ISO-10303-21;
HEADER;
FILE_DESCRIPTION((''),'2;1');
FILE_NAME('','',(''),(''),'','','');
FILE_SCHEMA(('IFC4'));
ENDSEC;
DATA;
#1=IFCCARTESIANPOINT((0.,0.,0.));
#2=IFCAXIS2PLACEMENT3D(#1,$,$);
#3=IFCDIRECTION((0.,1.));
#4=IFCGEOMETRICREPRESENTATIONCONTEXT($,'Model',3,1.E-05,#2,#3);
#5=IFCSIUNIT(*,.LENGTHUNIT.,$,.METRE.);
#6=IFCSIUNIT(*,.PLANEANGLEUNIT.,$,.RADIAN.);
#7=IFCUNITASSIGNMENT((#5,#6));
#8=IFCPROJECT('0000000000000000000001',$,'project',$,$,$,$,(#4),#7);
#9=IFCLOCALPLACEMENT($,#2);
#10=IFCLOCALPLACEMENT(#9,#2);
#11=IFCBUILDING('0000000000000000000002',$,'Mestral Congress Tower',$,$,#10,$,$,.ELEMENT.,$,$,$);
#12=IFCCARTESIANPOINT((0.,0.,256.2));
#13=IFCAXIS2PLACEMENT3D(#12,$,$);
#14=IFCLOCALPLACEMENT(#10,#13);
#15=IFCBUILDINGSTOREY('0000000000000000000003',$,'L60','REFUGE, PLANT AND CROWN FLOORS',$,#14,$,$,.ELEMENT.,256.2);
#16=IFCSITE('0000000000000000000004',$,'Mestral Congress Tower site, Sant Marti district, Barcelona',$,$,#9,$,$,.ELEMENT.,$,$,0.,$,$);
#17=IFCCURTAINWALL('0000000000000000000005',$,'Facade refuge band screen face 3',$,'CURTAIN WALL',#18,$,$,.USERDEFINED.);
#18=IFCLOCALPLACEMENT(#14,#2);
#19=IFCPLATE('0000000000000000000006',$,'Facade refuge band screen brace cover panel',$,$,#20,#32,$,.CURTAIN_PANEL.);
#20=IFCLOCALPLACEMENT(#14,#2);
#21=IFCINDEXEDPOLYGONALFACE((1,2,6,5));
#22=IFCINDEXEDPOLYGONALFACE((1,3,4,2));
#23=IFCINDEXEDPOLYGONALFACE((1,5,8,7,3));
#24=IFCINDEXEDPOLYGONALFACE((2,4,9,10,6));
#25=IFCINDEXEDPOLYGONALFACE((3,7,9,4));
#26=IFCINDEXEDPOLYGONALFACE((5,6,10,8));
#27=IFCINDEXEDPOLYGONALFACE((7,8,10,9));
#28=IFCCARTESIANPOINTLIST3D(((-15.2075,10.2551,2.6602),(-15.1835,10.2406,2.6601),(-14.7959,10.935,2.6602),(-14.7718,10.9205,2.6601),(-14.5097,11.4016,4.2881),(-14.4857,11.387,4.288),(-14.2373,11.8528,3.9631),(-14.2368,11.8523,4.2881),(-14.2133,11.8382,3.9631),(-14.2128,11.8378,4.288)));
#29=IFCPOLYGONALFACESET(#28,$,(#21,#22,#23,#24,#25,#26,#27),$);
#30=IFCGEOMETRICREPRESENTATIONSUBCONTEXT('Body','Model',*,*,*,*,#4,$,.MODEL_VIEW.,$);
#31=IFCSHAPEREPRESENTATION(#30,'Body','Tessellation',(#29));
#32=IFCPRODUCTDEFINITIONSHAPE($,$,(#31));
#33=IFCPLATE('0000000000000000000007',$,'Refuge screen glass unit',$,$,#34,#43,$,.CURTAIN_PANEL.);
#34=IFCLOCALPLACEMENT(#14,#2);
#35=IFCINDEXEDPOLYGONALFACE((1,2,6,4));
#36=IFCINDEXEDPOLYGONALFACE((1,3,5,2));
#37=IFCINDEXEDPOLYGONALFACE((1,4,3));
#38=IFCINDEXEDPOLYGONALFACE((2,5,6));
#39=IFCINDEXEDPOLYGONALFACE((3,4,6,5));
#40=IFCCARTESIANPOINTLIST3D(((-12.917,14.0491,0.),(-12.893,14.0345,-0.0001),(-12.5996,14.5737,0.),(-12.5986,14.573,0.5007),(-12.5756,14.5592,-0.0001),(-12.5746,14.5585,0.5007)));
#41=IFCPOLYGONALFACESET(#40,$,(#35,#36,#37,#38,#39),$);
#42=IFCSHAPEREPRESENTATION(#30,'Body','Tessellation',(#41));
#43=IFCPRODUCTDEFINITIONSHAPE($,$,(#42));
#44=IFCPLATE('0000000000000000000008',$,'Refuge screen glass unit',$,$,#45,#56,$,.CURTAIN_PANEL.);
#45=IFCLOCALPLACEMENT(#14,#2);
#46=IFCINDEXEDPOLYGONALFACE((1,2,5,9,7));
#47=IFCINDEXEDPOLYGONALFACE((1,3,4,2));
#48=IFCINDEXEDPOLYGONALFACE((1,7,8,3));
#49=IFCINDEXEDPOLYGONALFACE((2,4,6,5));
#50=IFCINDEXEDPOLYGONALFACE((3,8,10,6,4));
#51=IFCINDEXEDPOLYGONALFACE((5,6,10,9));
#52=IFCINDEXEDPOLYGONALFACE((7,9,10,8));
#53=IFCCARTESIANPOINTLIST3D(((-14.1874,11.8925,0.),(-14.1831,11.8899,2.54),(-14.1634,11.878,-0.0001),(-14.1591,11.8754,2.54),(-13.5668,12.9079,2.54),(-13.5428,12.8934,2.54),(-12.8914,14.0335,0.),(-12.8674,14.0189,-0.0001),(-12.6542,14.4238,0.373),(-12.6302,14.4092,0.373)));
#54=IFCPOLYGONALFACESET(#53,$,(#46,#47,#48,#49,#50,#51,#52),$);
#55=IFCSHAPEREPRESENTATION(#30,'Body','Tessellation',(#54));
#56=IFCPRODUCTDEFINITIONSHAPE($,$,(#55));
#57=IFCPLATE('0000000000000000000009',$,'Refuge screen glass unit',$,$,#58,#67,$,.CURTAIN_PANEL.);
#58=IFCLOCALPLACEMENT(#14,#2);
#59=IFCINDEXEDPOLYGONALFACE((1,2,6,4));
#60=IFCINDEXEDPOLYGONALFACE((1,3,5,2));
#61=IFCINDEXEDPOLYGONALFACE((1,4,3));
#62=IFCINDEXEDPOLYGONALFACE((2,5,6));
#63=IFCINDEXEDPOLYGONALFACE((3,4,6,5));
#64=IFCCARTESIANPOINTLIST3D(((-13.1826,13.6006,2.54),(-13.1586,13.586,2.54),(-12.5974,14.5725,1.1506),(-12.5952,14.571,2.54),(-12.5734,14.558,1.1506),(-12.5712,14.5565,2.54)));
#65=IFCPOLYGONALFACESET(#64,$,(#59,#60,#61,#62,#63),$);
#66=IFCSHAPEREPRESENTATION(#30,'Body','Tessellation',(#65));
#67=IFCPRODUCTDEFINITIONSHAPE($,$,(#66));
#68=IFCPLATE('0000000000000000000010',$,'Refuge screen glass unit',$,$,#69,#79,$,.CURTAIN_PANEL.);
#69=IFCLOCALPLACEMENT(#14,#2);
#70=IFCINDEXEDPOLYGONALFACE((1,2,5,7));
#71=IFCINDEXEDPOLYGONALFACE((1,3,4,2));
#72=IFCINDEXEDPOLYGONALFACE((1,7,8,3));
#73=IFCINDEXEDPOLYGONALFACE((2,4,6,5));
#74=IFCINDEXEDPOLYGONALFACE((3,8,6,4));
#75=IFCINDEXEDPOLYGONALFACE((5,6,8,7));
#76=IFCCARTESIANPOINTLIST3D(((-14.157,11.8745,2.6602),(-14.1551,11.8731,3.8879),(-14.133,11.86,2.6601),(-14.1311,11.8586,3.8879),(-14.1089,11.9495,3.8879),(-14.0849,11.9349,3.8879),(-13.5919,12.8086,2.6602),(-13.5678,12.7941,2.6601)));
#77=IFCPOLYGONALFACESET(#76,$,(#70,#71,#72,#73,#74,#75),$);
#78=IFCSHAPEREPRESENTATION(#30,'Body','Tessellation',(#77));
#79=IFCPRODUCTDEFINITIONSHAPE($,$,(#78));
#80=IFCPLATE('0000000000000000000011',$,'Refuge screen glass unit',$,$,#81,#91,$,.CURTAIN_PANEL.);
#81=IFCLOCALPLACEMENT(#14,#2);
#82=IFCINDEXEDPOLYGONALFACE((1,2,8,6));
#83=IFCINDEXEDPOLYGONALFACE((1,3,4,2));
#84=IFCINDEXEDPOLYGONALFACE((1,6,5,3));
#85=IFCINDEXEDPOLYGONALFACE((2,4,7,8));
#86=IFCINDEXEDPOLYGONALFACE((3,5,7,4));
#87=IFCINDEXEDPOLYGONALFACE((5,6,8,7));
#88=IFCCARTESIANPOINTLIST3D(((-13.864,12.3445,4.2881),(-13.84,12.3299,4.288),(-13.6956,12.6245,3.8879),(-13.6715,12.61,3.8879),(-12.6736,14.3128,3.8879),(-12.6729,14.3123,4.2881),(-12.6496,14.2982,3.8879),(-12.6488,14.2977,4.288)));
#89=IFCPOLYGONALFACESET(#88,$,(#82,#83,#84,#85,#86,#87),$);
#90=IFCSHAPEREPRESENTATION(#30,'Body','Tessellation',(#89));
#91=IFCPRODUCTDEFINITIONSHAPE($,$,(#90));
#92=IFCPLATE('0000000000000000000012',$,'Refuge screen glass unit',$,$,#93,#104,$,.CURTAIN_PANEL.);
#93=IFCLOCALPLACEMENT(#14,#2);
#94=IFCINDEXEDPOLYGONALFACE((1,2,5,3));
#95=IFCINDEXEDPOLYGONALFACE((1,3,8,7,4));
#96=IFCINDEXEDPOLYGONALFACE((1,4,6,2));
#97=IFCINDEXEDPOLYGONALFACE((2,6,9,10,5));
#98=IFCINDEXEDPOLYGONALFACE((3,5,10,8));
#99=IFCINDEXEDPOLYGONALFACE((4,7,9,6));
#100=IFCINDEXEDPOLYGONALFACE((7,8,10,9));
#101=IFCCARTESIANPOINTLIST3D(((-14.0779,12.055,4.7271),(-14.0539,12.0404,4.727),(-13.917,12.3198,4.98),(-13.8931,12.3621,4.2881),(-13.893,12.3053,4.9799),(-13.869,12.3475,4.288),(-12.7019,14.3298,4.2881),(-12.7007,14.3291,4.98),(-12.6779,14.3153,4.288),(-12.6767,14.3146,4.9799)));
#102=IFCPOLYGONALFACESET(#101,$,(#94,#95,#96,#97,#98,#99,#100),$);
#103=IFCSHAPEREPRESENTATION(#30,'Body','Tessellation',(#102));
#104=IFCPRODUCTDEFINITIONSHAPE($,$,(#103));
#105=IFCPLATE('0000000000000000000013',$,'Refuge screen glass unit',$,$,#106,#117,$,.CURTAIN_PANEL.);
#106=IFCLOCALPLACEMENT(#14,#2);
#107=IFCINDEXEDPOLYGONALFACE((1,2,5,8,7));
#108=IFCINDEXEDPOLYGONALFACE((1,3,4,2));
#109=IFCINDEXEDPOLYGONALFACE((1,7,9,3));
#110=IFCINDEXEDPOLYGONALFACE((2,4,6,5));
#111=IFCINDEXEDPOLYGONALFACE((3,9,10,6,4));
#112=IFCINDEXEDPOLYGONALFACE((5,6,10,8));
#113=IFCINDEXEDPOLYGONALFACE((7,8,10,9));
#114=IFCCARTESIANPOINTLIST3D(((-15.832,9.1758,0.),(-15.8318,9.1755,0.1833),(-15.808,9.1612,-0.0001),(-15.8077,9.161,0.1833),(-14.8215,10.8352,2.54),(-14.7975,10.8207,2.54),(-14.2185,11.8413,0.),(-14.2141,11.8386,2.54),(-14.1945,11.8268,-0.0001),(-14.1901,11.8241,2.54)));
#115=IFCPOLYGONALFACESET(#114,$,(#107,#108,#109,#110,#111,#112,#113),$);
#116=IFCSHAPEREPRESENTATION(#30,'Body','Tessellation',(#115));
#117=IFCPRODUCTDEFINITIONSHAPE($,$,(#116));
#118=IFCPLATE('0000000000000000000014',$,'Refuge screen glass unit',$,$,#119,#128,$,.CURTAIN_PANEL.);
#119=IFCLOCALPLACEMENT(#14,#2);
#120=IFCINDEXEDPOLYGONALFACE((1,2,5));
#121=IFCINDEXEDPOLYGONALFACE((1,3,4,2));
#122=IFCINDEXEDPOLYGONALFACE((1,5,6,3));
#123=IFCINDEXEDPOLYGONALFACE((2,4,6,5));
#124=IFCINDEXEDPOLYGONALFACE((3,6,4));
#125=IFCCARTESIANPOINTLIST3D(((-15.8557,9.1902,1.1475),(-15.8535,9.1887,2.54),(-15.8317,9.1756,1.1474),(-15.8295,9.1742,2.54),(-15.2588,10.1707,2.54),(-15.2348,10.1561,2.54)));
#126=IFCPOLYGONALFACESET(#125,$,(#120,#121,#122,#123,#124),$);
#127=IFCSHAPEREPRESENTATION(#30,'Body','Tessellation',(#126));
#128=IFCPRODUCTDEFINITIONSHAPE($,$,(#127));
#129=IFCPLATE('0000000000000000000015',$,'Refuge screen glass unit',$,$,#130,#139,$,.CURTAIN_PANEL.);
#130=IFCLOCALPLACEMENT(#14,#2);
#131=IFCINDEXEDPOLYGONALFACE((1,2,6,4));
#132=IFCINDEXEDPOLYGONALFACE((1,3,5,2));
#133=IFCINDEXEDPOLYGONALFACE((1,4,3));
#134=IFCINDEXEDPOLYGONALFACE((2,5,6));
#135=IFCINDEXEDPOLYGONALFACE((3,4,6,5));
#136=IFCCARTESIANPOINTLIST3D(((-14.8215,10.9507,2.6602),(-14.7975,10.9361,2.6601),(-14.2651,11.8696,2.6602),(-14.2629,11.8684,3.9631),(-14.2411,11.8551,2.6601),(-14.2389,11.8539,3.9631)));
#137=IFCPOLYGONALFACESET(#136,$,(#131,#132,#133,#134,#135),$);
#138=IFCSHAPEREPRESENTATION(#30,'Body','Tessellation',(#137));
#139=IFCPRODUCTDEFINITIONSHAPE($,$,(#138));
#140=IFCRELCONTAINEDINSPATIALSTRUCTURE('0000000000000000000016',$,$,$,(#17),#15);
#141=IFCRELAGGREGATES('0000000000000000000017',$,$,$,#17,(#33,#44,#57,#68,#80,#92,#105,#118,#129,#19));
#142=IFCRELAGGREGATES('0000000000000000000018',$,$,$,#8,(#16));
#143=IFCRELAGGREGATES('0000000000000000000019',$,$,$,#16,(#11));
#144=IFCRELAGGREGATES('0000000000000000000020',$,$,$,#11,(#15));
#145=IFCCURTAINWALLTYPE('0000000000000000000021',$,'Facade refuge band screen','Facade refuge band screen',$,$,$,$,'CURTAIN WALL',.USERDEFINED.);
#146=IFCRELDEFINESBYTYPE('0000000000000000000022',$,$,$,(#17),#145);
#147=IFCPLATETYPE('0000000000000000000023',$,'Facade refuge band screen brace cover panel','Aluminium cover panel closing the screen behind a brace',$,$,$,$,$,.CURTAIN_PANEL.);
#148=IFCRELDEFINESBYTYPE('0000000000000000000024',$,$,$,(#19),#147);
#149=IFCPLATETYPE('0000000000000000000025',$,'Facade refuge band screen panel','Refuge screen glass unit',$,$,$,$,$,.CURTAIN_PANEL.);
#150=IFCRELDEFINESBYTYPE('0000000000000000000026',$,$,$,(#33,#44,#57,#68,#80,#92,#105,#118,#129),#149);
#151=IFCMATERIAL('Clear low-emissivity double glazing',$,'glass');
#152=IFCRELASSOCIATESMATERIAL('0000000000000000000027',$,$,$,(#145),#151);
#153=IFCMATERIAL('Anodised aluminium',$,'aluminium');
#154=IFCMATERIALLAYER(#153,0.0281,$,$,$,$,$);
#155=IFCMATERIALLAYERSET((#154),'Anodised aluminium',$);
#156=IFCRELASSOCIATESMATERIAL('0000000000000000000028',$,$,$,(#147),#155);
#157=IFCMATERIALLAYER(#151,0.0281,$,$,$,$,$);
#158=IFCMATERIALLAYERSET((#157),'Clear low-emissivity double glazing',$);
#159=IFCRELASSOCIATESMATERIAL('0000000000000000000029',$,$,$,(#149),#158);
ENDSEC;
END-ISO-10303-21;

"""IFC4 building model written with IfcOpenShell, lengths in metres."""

from ifc_helpers import new_model, si_unit, direction, frame, origin, place, context, subcontext, project, spatial, polyline, outline, extrude, material, layer, layer_set, type_object, element, aggregate, save


model = new_model("IFC4")

# Units and contexts
model_context = context("Model", 3, precision=1e-05, world=origin(), true_north=direction((0.0, 1.0)))
body_context = subcontext(model_context, "Body", "Model", "MODEL_VIEW")
ifc_project = project(units=[si_unit("LENGTHUNIT", "METRE"), si_unit("PLANEANGLEUNIT", "RADIAN")], contexts=[model_context])

# Site, building, storey
site_placement = place(None, origin())
site = spatial("IfcSite", under=ifc_project, at=site_placement, Name="Mestral Congress Tower site, Sant Marti district, Barcelona", CompositionType="ELEMENT", RefElevation=0.0)
building_placement = place(site_placement, origin())
building = spatial("IfcBuilding", under=site, at=building_placement, Name="Mestral Congress Tower", CompositionType="ELEMENT")
storey_placement = place(building_placement, frame((0.0, 0.0, 256.2)))
storey = spatial("IfcBuildingStorey", under=building, at=storey_placement, Name="L60", Description="REFUGE, PLANT AND CROWN FLOORS", CompositionType="ELEMENT", Elevation=256.2)

# Curtain wall
ifc_material_1 = material(Name="Clear low-emissivity double glazing", Category="glass")
curtain_wall_type = type_object("IfcCurtainWallType", Name="Facade refuge band screen", Description="Facade refuge band screen", ElementType="CURTAIN WALL", PredefinedType="USERDEFINED", material=ifc_material_1)
curtain_wall_placement = place(storey_placement, origin())
curtain_wall = element("IfcCurtainWall", 1, at=curtain_wall_placement, inside=storey, type_object=curtain_wall_type, Name="Facade refuge band screen face 3", ObjectType="CURTAIN WALL", PredefinedType="USERDEFINED")
ifc_material_2 = material(Name="Anodised aluminium", Category="aluminium")

# Plates
ifc_layer_1 = layer(ifc_material_2, 0.0281)
ifc_layer_set_1 = layer_set([ifc_layer_1], Name="Anodised aluminium")
plate_type_1 = type_object("IfcPlateType", Name="Facade refuge band screen brace cover panel", Description="Aluminium cover panel closing the screen behind a brace", PredefinedType="CURTAIN_PANEL", material=ifc_layer_set_1)
plate_1_placement = place(storey_placement, frame((-15.2075, 10.2551, 2.6602), z_axis=(-0.855427, 0.51792, 0.001935), x_axis=(0.517921, 0.855429, 0.0)))
plate_1 = element("IfcPlate", 2, at=plate_1_placement, type_object=plate_type_1, Name="Facade refuge band screen brace cover panel", PredefinedType="CURTAIN_PANEL", context=body_context, shape_type="SweptSolid", body=[
    extrude(outline(polyline([(0.0, 0.0), (0.7948, 0.0), (1.8692, -1.303), (1.869, -1.6279), (1.3421, -1.6279), (0.0, 0.0)])), origin(), (0.0, 0.0, -1.0), 0.0281),
])
ifc_layer_2 = layer(ifc_material_1, 0.0281)
ifc_layer_set_2 = layer_set([ifc_layer_2], Name="Clear low-emissivity double glazing")
plate_type_2 = type_object("IfcPlateType", Name="Facade refuge band screen panel", Description="Refuge screen glass unit", PredefinedType="CURTAIN_PANEL", material=ifc_layer_set_2)
plate_2_placement = place(storey_placement, frame((-12.5996, 14.5737, 0.0), z_axis=(-0.855623, 0.517594, 0.002426), x_axis=(0.00195, -0.001463, 0.999997)))
plate_2 = element("IfcPlate", 3, at=plate_2_placement, type_object=plate_type_2, Name="Refuge screen glass unit", PredefinedType="CURTAIN_PANEL", context=body_context, shape_type="SweptSolid", body=[
    extrude(outline(polyline([(0.0, 0.0), (0.5007, 0.0), (0.0001, -0.6132), (0.0, 0.0)])), origin(), (0.0, 0.0, -1.0), 0.0281),
])
plate_3_placement = place(storey_placement, frame((-14.1831, 11.8899, 2.54), z_axis=(-0.855467, 0.517854, 0.001975), x_axis=(-0.001685, 0.00103, -0.999998)))
plate_3 = element("IfcPlate", 4, at=plate_3_placement, type_object=plate_type_2, Name="Refuge screen glass unit", PredefinedType="CURTAIN_PANEL", context=body_context, shape_type="SweptSolid", body=[
    extrude(outline(polyline([(0.0, 0.0), (2.54, 0.0), (2.5401, -2.5027), (2.167, -2.9594), (0.0, -1.19), (0.0, 0.0)])), origin(), (0.0, 0.0, -1.0), 0.0281),
])
plate_4_placement = place(storey_placement, frame((-12.5952, 14.571, 2.54), z_axis=(-0.855491, 0.517814, 0.001899), x_axis=(-0.517815, -0.855493, 0.0)))
plate_4 = element("IfcPlate", 5, at=plate_4_placement, type_object=plate_type_2, Name="Refuge screen glass unit", PredefinedType="CURTAIN_PANEL", context=body_context, shape_type="SweptSolid", body=[
    extrude(outline(polyline([(0.0, 0.0), (1.1344, 0.0), (-0.0001, -1.3894), (0.0, 0.0)])), origin(), (0.0, 0.0, -1.0), 0.0281),
])
plate_5_placement = place(storey_placement, frame((-14.1089, 11.9495, 3.8879), z_axis=(-0.855607, 0.517623, 0.001918), x_axis=(-0.517624, -0.855609, 0.000002)))
plate_5 = element("IfcPlate", 6, at=plate_5_placement, type_object=plate_type_2, Name="Refuge screen glass unit", PredefinedType="CURTAIN_PANEL", context=body_context, shape_type="SweptSolid", body=[
    extrude(outline(polyline([(0.0, 0.0), (0.0893, 0.0), (0.089, -1.2278), (-1.0027, -1.2278), (0.0, 0.0)])), origin(), (0.0, 0.0, -1.0), 0.0281),
])
plate_6_placement = place(storey_placement, frame((-12.6729, 14.3123, 4.2881), z_axis=(-0.855468, 0.517851, 0.002228), x_axis=(-0.517852, -0.85547, 0.0)))
plate_6 = element("IfcPlate", 7, at=plate_6_placement, type_object=plate_type_2, Name="Refuge screen glass unit", PredefinedType="CURTAIN_PANEL", context=body_context, shape_type="SweptSolid", body=[
    extrude(outline(polyline([(0.0, 0.0), (2.3002, 0.0), (1.9734, -0.4001), (0.0, -0.4001), (0.0, 0.0)])), origin(), (0.0, 0.0, -1.0), 0.0281),
])
plate_7_placement = place(storey_placement, frame((-13.8931, 12.3621, 4.2881), z_axis=(-0.855474, 0.517841, 0.002042), x_axis=(0.517842, 0.855476, 0.0)))
plate_7 = element("IfcPlate", 8, at=plate_7_placement, type_object=plate_type_2, Name="Refuge screen glass unit", PredefinedType="CURTAIN_PANEL", context=body_context, shape_type="SweptSolid", body=[
    extrude(outline(polyline([(0.0, 0.0), (2.3002, 0.0), (2.3002, -0.6919), (-0.0485, -0.6919), (-0.3584, -0.439), (0.0, 0.0)])), origin(), (0.0, 0.0, -1.0), 0.0281),
])
plate_8_placement = place(storey_placement, frame((-14.2141, 11.8386, 2.54), z_axis=(-0.855466, 0.517854, 0.002016), x_axis=(-0.517855, -0.855468, 0.0)))
plate_8 = element("IfcPlate", 9, at=plate_8_placement, type_object=plate_type_2, Name="Refuge screen glass unit", PredefinedType="CURTAIN_PANEL", context=body_context, shape_type="SweptSolid", body=[
    extrude(outline(polyline([(0.0, 0.0), (1.1729, 0.0), (3.1159, -2.3567), (3.1158, -2.54), (0.0, -2.54), (0.0, 0.0)])), origin(), (0.0, 0.0, -1.0), 0.0281),
])
plate_9_placement = place(storey_placement, frame((-15.8535, 9.1887, 2.54), z_axis=(-0.855345, 0.518056, 0.001895), x_axis=(-0.001578, 0.001052, -0.999998)))
plate_9 = element("IfcPlate", 10, at=plate_9_placement, type_object=plate_type_2, Name="Refuge screen glass unit", PredefinedType="CURTAIN_PANEL", context=body_context, shape_type="SweptSolid", body=[
    extrude(outline(polyline([(0.0, 0.0), (1.3926, 0.0), (0.0001, -1.148), (0.0, 0.0)])), origin(), (0.0, 0.0, -1.0), 0.0281),
])
plate_10_placement = place(storey_placement, frame((-14.2629, 11.8684, 3.9631), z_axis=(-0.855419, 0.517933, 0.001928), x_axis=(-0.330766, -0.543423, -0.771547)))
plate_10 = element("IfcPlate", 11, at=plate_10_placement, type_object=plate_type_2, Name="Refuge screen glass unit", PredefinedType="CURTAIN_PANEL", context=body_context, shape_type="SweptSolid", body=[
    extrude(outline(polyline([(0.0, 0.0), (1.6888, 0.0), (1.0054, -0.8288), (0.0, 0.0)])), origin(), (0.0, 0.0, -1.0), 0.0281),
])

aggregate(curtain_wall, [plate_2, plate_3, plate_4, plate_5, plate_6, plate_7, plate_8, plate_9, plate_10, plate_1])

save(model, "model.ifc")
